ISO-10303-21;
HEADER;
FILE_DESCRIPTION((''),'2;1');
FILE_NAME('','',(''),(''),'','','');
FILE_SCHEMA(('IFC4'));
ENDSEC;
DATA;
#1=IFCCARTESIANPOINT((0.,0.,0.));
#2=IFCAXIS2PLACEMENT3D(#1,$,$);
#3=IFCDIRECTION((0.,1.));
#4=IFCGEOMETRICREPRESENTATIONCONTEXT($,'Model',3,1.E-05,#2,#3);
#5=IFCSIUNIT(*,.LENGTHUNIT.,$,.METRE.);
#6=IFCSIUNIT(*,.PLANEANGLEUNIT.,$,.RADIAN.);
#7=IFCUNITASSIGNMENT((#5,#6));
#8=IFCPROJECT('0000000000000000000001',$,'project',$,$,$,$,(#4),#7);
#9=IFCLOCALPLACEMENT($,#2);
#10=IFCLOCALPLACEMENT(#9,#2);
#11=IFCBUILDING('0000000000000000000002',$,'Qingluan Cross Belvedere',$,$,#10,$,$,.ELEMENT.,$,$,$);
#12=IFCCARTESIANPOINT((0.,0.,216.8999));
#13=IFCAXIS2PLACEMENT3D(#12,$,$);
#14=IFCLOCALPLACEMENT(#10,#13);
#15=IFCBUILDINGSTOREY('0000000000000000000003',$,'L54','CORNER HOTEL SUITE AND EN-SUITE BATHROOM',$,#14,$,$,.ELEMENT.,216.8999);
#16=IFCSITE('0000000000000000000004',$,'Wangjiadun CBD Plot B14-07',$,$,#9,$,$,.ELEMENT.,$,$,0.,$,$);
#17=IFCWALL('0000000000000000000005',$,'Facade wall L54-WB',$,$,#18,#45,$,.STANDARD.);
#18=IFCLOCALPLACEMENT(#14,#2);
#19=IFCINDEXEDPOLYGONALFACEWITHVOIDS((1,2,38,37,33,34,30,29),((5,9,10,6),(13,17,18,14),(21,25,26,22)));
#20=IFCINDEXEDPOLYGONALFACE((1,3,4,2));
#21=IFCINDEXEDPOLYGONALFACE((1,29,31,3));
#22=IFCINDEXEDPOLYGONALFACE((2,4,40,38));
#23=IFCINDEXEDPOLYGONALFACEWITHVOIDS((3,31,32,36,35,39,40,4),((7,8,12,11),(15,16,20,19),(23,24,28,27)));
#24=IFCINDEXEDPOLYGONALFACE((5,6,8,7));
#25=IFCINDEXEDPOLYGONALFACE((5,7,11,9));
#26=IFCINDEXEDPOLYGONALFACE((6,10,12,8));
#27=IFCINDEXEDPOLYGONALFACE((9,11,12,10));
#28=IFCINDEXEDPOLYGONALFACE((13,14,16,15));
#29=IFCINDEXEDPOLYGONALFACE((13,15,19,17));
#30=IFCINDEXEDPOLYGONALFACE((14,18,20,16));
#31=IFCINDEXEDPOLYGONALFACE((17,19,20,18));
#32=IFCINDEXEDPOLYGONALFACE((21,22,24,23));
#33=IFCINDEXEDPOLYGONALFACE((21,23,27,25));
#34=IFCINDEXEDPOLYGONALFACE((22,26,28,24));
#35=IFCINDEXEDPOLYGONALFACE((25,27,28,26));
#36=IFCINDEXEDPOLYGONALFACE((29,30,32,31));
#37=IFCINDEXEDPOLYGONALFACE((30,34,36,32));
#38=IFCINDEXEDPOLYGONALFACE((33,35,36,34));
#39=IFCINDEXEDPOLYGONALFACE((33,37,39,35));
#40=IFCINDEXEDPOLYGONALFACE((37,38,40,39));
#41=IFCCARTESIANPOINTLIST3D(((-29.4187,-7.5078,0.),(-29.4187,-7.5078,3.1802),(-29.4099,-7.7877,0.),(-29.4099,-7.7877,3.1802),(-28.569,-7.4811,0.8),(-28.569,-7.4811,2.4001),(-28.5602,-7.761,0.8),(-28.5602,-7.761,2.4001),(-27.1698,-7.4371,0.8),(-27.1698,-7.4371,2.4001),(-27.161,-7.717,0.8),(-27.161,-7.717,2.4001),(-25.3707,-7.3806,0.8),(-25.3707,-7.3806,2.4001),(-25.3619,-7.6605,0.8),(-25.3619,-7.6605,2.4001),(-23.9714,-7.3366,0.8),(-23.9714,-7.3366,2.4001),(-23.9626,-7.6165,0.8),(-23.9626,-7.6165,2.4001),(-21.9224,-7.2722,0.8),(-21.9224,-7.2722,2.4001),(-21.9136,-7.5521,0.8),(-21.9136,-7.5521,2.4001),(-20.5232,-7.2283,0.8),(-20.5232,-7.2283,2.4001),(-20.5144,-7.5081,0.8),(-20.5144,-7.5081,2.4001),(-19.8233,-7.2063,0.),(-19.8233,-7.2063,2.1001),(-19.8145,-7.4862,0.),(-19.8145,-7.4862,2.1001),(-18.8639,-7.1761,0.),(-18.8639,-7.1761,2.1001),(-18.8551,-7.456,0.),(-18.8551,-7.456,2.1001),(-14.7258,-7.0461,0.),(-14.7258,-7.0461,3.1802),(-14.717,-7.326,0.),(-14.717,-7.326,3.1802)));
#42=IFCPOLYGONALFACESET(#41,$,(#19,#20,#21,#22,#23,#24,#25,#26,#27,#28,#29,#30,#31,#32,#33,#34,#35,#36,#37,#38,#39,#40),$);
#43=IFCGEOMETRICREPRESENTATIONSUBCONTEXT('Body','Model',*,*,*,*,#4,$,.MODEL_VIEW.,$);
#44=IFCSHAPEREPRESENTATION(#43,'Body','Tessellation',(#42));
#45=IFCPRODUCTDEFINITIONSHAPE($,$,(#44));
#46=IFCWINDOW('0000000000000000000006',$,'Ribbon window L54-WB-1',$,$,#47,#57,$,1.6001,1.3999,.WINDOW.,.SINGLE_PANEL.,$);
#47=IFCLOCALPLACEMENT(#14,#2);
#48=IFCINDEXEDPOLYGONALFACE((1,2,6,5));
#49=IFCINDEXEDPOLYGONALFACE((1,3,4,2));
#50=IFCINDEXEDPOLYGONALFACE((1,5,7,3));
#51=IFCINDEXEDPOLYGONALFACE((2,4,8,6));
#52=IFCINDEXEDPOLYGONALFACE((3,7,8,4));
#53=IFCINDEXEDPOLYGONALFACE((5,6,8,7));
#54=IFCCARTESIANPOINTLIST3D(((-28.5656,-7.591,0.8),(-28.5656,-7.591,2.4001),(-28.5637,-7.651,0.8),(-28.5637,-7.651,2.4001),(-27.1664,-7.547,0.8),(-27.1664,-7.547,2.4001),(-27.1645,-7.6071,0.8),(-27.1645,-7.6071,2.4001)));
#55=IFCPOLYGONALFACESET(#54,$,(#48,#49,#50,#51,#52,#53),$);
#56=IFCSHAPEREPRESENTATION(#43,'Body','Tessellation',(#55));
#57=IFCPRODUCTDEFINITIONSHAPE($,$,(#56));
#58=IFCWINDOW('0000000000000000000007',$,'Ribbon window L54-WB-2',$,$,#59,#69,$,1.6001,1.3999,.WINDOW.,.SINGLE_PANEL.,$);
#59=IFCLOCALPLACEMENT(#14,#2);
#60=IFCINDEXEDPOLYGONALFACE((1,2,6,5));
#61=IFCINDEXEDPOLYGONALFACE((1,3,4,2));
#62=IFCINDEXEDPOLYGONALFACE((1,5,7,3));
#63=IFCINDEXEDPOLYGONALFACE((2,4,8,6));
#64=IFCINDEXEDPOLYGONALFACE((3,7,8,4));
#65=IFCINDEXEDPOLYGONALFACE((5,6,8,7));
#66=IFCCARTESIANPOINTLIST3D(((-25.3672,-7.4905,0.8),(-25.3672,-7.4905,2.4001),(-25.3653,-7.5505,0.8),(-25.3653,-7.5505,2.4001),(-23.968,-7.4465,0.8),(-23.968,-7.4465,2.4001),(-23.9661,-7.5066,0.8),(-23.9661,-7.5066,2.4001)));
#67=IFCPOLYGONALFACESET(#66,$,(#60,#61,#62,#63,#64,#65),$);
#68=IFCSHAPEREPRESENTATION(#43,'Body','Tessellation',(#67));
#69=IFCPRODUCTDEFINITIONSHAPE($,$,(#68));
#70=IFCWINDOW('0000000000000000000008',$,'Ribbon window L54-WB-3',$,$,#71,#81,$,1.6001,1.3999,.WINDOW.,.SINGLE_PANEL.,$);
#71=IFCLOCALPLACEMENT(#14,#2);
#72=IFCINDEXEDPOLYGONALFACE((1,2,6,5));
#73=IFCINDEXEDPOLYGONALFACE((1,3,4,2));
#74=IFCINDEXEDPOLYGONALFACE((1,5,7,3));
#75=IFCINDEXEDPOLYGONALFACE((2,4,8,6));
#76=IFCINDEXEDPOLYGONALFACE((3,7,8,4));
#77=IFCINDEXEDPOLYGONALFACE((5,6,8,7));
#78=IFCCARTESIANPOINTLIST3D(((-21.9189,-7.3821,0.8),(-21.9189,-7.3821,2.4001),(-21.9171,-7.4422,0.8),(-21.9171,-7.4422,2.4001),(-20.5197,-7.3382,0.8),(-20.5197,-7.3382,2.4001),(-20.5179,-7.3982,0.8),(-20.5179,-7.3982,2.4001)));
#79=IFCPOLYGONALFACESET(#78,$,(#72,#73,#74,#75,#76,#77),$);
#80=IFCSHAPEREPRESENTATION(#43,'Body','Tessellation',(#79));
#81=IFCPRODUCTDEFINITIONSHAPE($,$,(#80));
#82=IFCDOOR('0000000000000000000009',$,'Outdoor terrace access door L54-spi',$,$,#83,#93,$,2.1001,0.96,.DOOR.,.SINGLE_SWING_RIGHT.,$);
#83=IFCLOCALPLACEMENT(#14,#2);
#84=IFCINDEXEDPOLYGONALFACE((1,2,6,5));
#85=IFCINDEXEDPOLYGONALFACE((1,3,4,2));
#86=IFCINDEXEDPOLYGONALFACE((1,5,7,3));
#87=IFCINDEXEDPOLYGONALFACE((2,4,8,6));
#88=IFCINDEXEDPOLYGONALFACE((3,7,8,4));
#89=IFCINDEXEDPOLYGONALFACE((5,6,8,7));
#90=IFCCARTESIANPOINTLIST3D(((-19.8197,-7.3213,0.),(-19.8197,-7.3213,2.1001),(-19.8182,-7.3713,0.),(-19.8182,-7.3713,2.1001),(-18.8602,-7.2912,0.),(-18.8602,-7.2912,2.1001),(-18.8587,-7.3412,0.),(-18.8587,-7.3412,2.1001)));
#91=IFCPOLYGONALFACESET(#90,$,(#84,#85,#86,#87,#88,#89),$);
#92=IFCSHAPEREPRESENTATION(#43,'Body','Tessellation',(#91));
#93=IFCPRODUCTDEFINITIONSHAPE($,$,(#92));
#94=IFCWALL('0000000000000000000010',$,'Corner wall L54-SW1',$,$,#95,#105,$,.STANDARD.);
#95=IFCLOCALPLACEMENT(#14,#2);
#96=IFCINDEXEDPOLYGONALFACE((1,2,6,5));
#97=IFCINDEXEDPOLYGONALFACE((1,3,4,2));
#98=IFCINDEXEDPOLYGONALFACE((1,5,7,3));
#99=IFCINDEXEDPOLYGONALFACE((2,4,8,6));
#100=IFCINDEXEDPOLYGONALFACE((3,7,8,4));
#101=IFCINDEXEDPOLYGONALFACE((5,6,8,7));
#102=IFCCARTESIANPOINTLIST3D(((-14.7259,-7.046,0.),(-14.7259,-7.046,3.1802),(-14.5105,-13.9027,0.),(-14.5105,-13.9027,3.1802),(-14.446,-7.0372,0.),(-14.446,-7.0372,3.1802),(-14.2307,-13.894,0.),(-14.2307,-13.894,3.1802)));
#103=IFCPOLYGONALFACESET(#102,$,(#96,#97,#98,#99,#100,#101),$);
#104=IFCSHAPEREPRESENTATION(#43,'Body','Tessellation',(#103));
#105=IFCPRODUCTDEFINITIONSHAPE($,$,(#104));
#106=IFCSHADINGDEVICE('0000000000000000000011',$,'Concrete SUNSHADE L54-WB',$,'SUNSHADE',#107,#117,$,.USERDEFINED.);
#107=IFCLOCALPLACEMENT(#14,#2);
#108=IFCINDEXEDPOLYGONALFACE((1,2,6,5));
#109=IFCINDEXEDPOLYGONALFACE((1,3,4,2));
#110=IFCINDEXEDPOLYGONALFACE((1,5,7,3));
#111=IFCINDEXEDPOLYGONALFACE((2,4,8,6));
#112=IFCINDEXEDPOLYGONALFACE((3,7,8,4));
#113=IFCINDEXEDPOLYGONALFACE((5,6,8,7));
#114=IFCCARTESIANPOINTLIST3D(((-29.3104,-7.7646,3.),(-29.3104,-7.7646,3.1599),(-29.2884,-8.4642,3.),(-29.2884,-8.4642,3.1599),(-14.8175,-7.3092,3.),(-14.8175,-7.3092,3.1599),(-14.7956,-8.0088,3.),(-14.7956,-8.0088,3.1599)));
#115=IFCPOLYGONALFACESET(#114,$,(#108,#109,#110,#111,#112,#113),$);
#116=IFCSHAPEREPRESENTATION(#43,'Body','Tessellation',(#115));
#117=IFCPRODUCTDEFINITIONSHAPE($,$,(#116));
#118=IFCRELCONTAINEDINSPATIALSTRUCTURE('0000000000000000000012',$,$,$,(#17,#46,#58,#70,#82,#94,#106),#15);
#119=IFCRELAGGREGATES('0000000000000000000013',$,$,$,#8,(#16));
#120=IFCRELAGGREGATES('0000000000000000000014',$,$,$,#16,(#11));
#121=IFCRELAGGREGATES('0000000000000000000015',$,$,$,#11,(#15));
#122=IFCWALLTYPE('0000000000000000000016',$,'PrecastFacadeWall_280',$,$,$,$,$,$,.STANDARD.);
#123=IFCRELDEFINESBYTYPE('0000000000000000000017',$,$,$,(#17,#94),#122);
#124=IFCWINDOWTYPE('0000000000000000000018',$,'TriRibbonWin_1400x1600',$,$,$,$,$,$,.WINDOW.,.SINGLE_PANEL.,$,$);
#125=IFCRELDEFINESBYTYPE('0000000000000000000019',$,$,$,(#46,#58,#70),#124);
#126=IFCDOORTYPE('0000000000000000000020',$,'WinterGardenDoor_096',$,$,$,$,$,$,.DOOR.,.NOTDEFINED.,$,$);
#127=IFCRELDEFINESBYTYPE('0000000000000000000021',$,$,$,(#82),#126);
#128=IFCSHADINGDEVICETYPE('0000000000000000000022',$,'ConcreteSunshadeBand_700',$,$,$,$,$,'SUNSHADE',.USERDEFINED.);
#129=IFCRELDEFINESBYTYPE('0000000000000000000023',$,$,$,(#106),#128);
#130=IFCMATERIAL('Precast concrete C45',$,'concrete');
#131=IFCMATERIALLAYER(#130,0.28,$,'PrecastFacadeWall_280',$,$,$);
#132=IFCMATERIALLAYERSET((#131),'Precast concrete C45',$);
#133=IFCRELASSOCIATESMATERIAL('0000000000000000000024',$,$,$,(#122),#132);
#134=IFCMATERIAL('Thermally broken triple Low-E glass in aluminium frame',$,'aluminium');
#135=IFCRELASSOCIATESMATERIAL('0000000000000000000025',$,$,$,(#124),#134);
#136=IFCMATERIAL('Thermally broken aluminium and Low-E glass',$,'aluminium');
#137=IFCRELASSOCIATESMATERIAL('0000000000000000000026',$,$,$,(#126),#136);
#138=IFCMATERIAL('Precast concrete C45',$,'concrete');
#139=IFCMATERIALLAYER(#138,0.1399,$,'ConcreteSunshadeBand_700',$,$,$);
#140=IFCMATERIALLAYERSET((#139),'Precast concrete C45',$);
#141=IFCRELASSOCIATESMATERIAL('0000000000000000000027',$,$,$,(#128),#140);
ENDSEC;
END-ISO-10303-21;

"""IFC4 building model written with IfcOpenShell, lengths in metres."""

from ifc_helpers import new_model, si_unit, direction, frame, frame_2d, origin, origin_2d, place, context, subcontext, project, spatial, rectangle, extrude, material, layer, layer_set, type_object, element, fill, save


model = new_model("IFC4")

# Units and contexts
model_context = context("Model", 3, precision=1e-05, world=origin(), true_north=direction((0.0, 1.0)))
body_context = subcontext(model_context, "Body", "Model", "MODEL_VIEW")
ifc_project = project(units=[si_unit("LENGTHUNIT", "METRE"), si_unit("PLANEANGLEUNIT", "RADIAN")], contexts=[model_context])

# Site, building, storey
site_placement = place(None, origin())
site = spatial("IfcSite", under=ifc_project, at=site_placement, Name="Wangjiadun CBD Plot B14-07", CompositionType="ELEMENT", RefElevation=0.0)
building_placement = place(site_placement, origin())
building = spatial("IfcBuilding", under=site, at=building_placement, Name="Qingluan Cross Belvedere", CompositionType="ELEMENT")
storey_placement = place(building_placement, frame((0.0, 0.0, 216.8999)))
storey = spatial("IfcBuildingStorey", under=building, at=storey_placement, Name="L54", Description="CORNER HOTEL SUITE AND EN-SUITE BATHROOM", CompositionType="ELEMENT", Elevation=216.8999)

# Wall, openings, windows, door
ifc_material_1 = material(Name="Precast concrete C45", Category="concrete")
ifc_layer_1 = layer(ifc_material_1, 0.28, Name="PrecastFacadeWall_280")
ifc_layer_set_1 = layer_set([ifc_layer_1], Name="Precast concrete C45")
wall_type_1 = type_object("IfcWallType", Name="PrecastFacadeWall_280", PredefinedType="STANDARD", material=ifc_layer_set_1)
wall_1_placement = place(storey_placement, frame((-29.4143, -7.6477, 0.0), z_axis=(0.0, 0.0, 1.0), x_axis=(0.999507, 0.031406, 0.0)))
wall_1 = element("IfcWall", 1, at=wall_1_placement, inside=storey, type_object=wall_type_1, Name="Facade wall L54-WB", PredefinedType="STANDARD", context=body_context, shape_type="SweptSolid", body=[
    extrude(rectangle(XDim=14.7002, YDim=0.28, at=frame_2d((7.3501, 0.0))), origin(), (0.0, 0.0, 1.0), 3.1802),
])
opening_1_placement = place(wall_1_placement, frame((0.8501, 0.0, 0.8)))
opening_1 = element("IfcOpeningElement", 2, at=opening_1_placement, cuts=wall_1, PredefinedType="OPENING", context=body_context, shape_type="SweptSolid", body=[
    extrude(rectangle(XDim=1.3999, YDim=1.6001, at=frame_2d((0.7, 0.8))), frame((0.0, 0.1499, 0.0), z_axis=(0.0, -1.0, 0.0), x_axis=(1.0, 0.0, 0.0)), (0.0, 0.0, 1.0), 0.3),
])
opening_2_placement = place(wall_1_placement, frame((4.05, 0.0, 0.8)))
opening_2 = element("IfcOpeningElement", 3, at=opening_2_placement, cuts=wall_1, PredefinedType="OPENING", context=body_context, shape_type="SweptSolid", body=[
    extrude(rectangle(XDim=1.3999, YDim=1.6001, at=frame_2d((0.7, 0.8))), frame((0.0, 0.1499, 0.0), z_axis=(0.0, -1.0, 0.0), x_axis=(1.0, 0.0, 0.0)), (0.0, 0.0, 1.0), 0.3),
])
opening_3_placement = place(wall_1_placement, frame((7.5, 0.0, 0.8)))
opening_3 = element("IfcOpeningElement", 4, at=opening_3_placement, cuts=wall_1, PredefinedType="OPENING", context=body_context, shape_type="SweptSolid", body=[
    extrude(rectangle(XDim=1.3999, YDim=1.6001, at=frame_2d((0.7, 0.8))), frame((0.0, 0.1499, 0.0), z_axis=(0.0, -1.0, 0.0), x_axis=(1.0, 0.0, 0.0)), (0.0, 0.0, 1.0), 0.3),
])
opening_4_placement = place(wall_1_placement, frame((9.6001, 0.0, 0.0)))
opening_4 = element("IfcOpeningElement", 5, at=opening_4_placement, cuts=wall_1, PredefinedType="OPENING", context=body_context, shape_type="SweptSolid", body=[
    extrude(rectangle(XDim=0.96, YDim=2.1001, at=frame_2d((0.48, 1.05))), frame((0.0, 0.1499, 0.0), z_axis=(0.0, -1.0, 0.0), x_axis=(1.0, 0.0, 0.0)), (0.0, 0.0, 1.0), 0.3),
])
ifc_material_2 = material(Name="Thermally broken triple Low-E glass in aluminium frame", Category="aluminium")
window_type = type_object("IfcWindowType", Name="TriRibbonWin_1400x1600", PartitioningType="SINGLE_PANEL", PredefinedType="WINDOW", material=ifc_material_2)
window_1_placement = place(opening_1_placement, origin())
window_1 = element("IfcWindow", 6, at=window_1_placement, inside=storey, type_object=window_type, Name="Ribbon window L54-WB-1", OverallHeight=1.6001, OverallWidth=1.3999, PartitioningType="SINGLE_PANEL", PredefinedType="WINDOW", context=body_context, shape_type="SweptSolid", body=[
    extrude(rectangle(XDim=1.3999, YDim=1.6001, at=frame_2d((0.7, 0.8))), frame((0.0, 0.03, 0.0), z_axis=(0.0, -1.0, 0.0), x_axis=(1.0, 0.0, 0.0)), (0.0, 0.0, 1.0), 0.0601),
])
fill(opening_1, window_1)
window_2_placement = place(opening_2_placement, origin())
window_2 = element("IfcWindow", 7, at=window_2_placement, inside=storey, type_object=window_type, Name="Ribbon window L54-WB-2", OverallHeight=1.6001, OverallWidth=1.3999, PartitioningType="SINGLE_PANEL", PredefinedType="WINDOW", context=body_context, shape_type="SweptSolid", body=[
    extrude(rectangle(XDim=1.3999, YDim=1.6001, at=frame_2d((0.7, 0.8))), frame((0.0, 0.03, 0.0), z_axis=(0.0, -1.0, 0.0), x_axis=(1.0, 0.0, 0.0)), (0.0, 0.0, 1.0), 0.0601),
])
fill(opening_2, window_2)
window_3_placement = place(opening_3_placement, origin())
window_3 = element("IfcWindow", 8, at=window_3_placement, inside=storey, type_object=window_type, Name="Ribbon window L54-WB-3", OverallHeight=1.6001, OverallWidth=1.3999, PartitioningType="SINGLE_PANEL", PredefinedType="WINDOW", context=body_context, shape_type="SweptSolid", body=[
    extrude(rectangle(XDim=1.3999, YDim=1.6001, at=frame_2d((0.7, 0.8))), frame((0.0, 0.03, 0.0), z_axis=(0.0, -1.0, 0.0), x_axis=(1.0, 0.0, 0.0)), (0.0, 0.0, 1.0), 0.0601),
])
fill(opening_3, window_3)
ifc_material_3 = material(Name="Thermally broken aluminium and Low-E glass", Category="aluminium")
door_type_1 = type_object("IfcDoorType", Name="WinterGardenDoor_096", OperationType="NOTDEFINED", PredefinedType="DOOR", material=ifc_material_3)
door_1_placement = place(opening_4_placement, origin())
door_1 = element("IfcDoor", 9, at=door_1_placement, inside=storey, type_object=door_type_1, Name="Outdoor terrace access door L54-spi", OperationType="SINGLE_SWING_RIGHT", OverallHeight=2.1001, OverallWidth=0.96, PredefinedType="DOOR", context=body_context, shape_type="SweptSolid", body=[
    extrude(rectangle(XDim=0.96, YDim=2.1001, at=frame_2d((0.48, 1.05))), frame((0.0, 0.0249, 0.0), z_axis=(0.0, -1.0, 0.0), x_axis=(1.0, 0.0, 0.0)), (0.0, 0.0, 1.0), 0.05),
])
fill(opening_4, door_1)

# Wall
wall_2_placement = place(storey_placement, frame((-14.5859, -7.0415, 0.0), z_axis=(0.0, 0.0, 1.0), x_axis=(0.031389, -0.999507, 0.0)))
element("IfcWall", 10, at=wall_2_placement, inside=storey, type_object=wall_type_1, Name="Corner wall L54-SW1", PredefinedType="STANDARD", context=body_context, shape_type="SweptSolid", body=[
    extrude(rectangle(XDim=6.8601, YDim=0.28, at=frame_2d((3.4302, 0.0))), origin(), (0.0, 0.0, 1.0), 3.1802),
])

# Shading device
ifc_material_4 = material(Name="Precast concrete C45", Category="concrete")
ifc_layer_2 = layer(ifc_material_4, 0.1399, Name="ConcreteSunshadeBand_700")
ifc_layer_set_2 = layer_set([ifc_layer_2], Name="Precast concrete C45")
shading_device_type = type_object("IfcShadingDeviceType", Name="ConcreteSunshadeBand_700", ElementType="SUNSHADE", PredefinedType="USERDEFINED", material=ifc_layer_set_2)
shading_device_placement = place(storey_placement, frame((-22.053, -7.8867, 3.0), z_axis=(0.0, 0.0, 1.0), x_axis=(0.999507, 0.031408, 0.0)))
element("IfcShadingDevice", 11, at=shading_device_placement, inside=storey, type_object=shading_device_type, Name="Concrete SUNSHADE L54-WB", ObjectType="SUNSHADE", PredefinedType="USERDEFINED", context=body_context, shape_type="SweptSolid", body=[
    extrude(rectangle(XDim=14.5, YDim=0.7, at=origin_2d()), origin(), (0.0, 0.0, 1.0), 0.1599),
])

save(model, "model.ifc")
